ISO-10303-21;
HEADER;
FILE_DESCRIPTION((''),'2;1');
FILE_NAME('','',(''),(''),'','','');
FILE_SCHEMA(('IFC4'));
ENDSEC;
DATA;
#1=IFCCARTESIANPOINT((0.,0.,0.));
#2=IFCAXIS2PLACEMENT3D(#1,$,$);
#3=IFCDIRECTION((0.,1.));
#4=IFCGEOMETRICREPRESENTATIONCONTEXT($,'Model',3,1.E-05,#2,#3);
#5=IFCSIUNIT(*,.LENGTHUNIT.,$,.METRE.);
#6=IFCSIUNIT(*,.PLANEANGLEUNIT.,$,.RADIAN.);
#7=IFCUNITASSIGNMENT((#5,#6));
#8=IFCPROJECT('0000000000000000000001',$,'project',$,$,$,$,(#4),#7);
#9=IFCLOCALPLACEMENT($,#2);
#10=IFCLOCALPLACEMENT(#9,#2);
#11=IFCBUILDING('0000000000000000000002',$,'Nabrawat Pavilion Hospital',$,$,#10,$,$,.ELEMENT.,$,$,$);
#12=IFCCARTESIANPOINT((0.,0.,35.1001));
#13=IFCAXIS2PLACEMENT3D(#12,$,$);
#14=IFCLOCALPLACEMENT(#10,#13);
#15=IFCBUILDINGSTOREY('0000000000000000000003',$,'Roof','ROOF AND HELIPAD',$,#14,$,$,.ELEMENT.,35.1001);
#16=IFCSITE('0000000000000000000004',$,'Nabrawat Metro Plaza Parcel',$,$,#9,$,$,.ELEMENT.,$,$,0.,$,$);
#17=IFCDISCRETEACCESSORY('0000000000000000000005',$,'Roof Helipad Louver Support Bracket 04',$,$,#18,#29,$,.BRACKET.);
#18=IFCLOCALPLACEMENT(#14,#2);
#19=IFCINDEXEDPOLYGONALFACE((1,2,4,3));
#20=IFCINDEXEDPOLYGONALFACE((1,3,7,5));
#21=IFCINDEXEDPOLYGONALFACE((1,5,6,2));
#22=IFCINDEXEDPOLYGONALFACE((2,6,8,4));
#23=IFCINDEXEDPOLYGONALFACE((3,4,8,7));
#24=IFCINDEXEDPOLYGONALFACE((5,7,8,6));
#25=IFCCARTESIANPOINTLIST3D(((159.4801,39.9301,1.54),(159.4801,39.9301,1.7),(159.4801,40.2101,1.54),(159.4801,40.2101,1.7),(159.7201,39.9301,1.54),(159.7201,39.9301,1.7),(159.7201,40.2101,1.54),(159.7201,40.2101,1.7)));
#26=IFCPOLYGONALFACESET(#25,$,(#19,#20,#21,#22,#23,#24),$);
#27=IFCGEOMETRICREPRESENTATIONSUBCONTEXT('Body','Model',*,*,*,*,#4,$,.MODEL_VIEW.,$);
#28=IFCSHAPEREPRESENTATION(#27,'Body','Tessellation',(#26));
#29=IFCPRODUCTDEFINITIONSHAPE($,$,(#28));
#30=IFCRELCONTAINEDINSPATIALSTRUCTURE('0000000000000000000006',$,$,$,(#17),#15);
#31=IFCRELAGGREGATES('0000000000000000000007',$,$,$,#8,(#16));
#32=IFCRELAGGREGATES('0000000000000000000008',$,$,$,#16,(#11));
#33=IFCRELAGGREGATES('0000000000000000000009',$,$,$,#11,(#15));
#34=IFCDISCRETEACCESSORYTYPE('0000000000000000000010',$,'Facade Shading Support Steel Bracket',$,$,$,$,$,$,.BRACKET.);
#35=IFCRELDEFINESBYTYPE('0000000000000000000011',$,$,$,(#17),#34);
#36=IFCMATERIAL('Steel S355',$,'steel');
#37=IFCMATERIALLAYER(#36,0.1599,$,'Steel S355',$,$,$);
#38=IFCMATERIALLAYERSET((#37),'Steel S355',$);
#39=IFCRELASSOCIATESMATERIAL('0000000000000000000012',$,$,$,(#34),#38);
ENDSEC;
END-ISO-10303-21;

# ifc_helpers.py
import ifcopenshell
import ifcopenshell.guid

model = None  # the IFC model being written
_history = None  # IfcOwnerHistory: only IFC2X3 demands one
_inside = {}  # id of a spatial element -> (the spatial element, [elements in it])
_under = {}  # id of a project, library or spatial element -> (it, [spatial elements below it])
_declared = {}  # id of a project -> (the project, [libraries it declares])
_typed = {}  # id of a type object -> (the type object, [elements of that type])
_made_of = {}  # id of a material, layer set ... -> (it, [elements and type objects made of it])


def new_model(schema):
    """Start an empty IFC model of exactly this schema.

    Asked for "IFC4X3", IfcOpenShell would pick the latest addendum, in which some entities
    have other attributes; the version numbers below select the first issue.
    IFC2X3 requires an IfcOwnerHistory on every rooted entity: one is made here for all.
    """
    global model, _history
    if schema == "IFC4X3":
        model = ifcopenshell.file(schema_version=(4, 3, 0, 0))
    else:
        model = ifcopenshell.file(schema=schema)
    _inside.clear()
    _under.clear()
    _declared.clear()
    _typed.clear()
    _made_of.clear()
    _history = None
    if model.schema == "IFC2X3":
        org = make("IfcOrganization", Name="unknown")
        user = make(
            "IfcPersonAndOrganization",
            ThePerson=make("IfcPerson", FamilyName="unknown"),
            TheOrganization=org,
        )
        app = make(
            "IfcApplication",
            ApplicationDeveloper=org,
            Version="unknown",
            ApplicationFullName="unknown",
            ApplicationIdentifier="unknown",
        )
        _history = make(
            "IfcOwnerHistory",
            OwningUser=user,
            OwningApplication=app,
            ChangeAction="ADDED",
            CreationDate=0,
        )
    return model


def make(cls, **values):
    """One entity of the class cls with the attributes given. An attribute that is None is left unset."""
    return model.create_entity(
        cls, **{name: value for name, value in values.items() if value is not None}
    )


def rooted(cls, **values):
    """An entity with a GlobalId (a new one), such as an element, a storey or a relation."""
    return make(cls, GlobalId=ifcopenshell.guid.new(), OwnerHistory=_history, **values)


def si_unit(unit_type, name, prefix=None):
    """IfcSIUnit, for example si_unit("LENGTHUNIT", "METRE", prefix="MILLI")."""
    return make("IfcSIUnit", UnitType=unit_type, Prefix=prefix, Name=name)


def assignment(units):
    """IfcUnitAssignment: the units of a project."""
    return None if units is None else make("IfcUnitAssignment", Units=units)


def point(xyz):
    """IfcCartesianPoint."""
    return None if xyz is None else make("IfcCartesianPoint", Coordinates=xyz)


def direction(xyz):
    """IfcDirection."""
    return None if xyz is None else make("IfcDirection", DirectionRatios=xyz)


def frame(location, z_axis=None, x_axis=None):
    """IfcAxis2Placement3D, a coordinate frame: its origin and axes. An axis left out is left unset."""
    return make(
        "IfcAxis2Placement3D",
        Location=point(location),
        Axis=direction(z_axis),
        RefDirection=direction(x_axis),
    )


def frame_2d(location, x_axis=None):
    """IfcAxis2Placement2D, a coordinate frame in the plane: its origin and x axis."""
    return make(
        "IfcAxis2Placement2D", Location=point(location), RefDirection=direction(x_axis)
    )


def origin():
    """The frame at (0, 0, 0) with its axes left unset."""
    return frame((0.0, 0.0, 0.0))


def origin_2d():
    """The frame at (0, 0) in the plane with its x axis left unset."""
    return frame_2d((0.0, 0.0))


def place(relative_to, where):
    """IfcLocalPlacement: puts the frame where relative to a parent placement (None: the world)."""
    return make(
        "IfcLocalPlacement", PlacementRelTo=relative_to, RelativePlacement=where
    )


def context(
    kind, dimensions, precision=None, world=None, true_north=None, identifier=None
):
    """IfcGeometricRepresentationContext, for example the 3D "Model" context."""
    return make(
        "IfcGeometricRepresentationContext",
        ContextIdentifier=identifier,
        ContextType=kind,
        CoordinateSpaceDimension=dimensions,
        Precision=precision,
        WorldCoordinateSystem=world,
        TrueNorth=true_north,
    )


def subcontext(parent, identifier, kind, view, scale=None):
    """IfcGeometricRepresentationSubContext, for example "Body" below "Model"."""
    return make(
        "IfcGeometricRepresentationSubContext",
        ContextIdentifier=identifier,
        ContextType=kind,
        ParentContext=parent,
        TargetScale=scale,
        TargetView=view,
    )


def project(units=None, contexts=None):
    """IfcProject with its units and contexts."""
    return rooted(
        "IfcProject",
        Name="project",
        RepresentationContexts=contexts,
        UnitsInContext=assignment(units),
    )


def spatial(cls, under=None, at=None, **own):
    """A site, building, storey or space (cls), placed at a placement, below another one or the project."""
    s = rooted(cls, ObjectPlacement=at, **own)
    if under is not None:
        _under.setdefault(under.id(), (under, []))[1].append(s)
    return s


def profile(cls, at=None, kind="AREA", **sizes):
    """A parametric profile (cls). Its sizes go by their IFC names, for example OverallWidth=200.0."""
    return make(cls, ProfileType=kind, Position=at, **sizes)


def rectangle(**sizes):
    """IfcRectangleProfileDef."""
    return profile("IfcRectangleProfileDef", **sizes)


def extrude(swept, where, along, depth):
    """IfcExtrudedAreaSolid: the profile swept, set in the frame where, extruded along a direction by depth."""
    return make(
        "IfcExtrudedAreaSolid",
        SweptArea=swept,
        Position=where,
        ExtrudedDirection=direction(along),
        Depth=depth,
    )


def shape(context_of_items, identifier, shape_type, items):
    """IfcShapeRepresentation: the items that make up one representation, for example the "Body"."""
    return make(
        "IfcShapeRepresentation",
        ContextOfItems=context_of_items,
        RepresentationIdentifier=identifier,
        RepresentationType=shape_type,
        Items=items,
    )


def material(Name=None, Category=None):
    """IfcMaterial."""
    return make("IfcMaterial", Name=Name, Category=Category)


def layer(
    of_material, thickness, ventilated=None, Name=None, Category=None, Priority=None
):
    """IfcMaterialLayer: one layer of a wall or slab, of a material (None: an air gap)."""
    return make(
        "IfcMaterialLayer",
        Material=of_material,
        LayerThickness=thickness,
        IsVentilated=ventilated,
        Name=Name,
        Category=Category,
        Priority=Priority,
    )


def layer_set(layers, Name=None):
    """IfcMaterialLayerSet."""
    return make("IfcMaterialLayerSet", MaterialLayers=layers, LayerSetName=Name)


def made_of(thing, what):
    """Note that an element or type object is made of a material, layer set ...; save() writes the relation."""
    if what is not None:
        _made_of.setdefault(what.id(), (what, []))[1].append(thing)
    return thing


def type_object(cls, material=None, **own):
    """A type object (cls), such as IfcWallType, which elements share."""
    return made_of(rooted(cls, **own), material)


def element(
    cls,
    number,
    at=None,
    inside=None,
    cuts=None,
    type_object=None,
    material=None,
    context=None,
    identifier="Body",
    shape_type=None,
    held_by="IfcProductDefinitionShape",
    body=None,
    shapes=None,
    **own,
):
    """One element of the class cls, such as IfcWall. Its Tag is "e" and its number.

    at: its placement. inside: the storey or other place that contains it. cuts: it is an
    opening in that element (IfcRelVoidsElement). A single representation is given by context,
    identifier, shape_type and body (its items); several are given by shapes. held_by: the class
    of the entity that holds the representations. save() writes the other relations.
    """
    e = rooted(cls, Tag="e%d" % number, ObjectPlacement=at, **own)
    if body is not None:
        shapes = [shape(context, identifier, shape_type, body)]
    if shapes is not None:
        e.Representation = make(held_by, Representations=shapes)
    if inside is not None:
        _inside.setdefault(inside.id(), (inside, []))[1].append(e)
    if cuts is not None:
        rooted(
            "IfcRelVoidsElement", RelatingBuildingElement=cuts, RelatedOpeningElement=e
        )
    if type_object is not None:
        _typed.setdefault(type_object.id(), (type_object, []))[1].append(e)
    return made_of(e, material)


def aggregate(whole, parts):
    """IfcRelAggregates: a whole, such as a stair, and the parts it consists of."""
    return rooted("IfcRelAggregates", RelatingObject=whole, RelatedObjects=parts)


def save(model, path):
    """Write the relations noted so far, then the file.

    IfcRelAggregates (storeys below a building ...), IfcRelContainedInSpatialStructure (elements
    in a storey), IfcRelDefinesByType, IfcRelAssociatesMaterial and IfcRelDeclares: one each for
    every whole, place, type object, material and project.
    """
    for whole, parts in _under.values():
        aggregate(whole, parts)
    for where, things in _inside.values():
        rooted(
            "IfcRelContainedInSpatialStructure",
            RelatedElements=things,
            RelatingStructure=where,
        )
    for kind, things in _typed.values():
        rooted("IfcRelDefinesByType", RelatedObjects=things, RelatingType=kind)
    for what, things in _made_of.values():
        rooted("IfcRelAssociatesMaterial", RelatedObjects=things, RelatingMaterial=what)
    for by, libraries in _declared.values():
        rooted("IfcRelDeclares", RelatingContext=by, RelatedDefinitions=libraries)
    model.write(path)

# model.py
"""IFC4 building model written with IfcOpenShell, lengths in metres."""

from ifc_helpers import new_model, si_unit, direction, frame, origin, origin_2d, place, context, subcontext, project, spatial, rectangle, extrude, material, layer, layer_set, type_object, element, save


model = new_model("IFC4")

# Units and contexts
model_context = context("Model", 3, precision=1e-05, world=origin(), true_north=direction((0.0, 1.0)))
body_context = subcontext(model_context, "Body", "Model", "MODEL_VIEW")
ifc_project = project(units=[si_unit("LENGTHUNIT", "METRE"), si_unit("PLANEANGLEUNIT", "RADIAN")], contexts=[model_context])

# Site, building, storey
site_placement = place(None, origin())
site = spatial("IfcSite", under=ifc_project, at=site_placement, Name="Nabrawat Metro Plaza Parcel", CompositionType="ELEMENT", RefElevation=0.0)
building_placement = place(site_placement, origin())
building = spatial("IfcBuilding", under=site, at=building_placement, Name="Nabrawat Pavilion Hospital", CompositionType="ELEMENT")
storey_placement = place(building_placement, frame((0.0, 0.0, 35.1001)))
storey = spatial("IfcBuildingStorey", under=building, at=storey_placement, Name="Roof", Description="ROOF AND HELIPAD", CompositionType="ELEMENT", Elevation=35.1001)

# Shared definitions
ifc_material_1 = material(Name="Steel S355", Category="steel")

# Discrete accessory
ifc_layer_1 = layer(ifc_material_1, 0.1599, Name="Steel S355")
ifc_layer_set_1 = layer_set([ifc_layer_1], Name="Steel S355")
discrete_accessory_type_1 = type_object("IfcDiscreteAccessoryType", Name="Facade Shading Support Steel Bracket", PredefinedType="BRACKET", material=ifc_layer_set_1)
discrete_accessory_placement = place(storey_placement, frame((159.6001, 40.0701, 1.54), z_axis=(0.0, 0.0, 1.0), x_axis=(1.0, 0.0, 0.0)))
element("IfcDiscreteAccessory", 1, at=discrete_accessory_placement, inside=storey, type_object=discrete_accessory_type_1, Name="Roof Helipad Louver Support Bracket 04", PredefinedType="BRACKET", context=body_context, shape_type="SweptSolid", body=[
    extrude(rectangle(XDim=0.24, YDim=0.28, at=origin_2d()), origin(), (0.0, 0.0, 1.0), 0.1599),
])

save(model, "model.ifc")
